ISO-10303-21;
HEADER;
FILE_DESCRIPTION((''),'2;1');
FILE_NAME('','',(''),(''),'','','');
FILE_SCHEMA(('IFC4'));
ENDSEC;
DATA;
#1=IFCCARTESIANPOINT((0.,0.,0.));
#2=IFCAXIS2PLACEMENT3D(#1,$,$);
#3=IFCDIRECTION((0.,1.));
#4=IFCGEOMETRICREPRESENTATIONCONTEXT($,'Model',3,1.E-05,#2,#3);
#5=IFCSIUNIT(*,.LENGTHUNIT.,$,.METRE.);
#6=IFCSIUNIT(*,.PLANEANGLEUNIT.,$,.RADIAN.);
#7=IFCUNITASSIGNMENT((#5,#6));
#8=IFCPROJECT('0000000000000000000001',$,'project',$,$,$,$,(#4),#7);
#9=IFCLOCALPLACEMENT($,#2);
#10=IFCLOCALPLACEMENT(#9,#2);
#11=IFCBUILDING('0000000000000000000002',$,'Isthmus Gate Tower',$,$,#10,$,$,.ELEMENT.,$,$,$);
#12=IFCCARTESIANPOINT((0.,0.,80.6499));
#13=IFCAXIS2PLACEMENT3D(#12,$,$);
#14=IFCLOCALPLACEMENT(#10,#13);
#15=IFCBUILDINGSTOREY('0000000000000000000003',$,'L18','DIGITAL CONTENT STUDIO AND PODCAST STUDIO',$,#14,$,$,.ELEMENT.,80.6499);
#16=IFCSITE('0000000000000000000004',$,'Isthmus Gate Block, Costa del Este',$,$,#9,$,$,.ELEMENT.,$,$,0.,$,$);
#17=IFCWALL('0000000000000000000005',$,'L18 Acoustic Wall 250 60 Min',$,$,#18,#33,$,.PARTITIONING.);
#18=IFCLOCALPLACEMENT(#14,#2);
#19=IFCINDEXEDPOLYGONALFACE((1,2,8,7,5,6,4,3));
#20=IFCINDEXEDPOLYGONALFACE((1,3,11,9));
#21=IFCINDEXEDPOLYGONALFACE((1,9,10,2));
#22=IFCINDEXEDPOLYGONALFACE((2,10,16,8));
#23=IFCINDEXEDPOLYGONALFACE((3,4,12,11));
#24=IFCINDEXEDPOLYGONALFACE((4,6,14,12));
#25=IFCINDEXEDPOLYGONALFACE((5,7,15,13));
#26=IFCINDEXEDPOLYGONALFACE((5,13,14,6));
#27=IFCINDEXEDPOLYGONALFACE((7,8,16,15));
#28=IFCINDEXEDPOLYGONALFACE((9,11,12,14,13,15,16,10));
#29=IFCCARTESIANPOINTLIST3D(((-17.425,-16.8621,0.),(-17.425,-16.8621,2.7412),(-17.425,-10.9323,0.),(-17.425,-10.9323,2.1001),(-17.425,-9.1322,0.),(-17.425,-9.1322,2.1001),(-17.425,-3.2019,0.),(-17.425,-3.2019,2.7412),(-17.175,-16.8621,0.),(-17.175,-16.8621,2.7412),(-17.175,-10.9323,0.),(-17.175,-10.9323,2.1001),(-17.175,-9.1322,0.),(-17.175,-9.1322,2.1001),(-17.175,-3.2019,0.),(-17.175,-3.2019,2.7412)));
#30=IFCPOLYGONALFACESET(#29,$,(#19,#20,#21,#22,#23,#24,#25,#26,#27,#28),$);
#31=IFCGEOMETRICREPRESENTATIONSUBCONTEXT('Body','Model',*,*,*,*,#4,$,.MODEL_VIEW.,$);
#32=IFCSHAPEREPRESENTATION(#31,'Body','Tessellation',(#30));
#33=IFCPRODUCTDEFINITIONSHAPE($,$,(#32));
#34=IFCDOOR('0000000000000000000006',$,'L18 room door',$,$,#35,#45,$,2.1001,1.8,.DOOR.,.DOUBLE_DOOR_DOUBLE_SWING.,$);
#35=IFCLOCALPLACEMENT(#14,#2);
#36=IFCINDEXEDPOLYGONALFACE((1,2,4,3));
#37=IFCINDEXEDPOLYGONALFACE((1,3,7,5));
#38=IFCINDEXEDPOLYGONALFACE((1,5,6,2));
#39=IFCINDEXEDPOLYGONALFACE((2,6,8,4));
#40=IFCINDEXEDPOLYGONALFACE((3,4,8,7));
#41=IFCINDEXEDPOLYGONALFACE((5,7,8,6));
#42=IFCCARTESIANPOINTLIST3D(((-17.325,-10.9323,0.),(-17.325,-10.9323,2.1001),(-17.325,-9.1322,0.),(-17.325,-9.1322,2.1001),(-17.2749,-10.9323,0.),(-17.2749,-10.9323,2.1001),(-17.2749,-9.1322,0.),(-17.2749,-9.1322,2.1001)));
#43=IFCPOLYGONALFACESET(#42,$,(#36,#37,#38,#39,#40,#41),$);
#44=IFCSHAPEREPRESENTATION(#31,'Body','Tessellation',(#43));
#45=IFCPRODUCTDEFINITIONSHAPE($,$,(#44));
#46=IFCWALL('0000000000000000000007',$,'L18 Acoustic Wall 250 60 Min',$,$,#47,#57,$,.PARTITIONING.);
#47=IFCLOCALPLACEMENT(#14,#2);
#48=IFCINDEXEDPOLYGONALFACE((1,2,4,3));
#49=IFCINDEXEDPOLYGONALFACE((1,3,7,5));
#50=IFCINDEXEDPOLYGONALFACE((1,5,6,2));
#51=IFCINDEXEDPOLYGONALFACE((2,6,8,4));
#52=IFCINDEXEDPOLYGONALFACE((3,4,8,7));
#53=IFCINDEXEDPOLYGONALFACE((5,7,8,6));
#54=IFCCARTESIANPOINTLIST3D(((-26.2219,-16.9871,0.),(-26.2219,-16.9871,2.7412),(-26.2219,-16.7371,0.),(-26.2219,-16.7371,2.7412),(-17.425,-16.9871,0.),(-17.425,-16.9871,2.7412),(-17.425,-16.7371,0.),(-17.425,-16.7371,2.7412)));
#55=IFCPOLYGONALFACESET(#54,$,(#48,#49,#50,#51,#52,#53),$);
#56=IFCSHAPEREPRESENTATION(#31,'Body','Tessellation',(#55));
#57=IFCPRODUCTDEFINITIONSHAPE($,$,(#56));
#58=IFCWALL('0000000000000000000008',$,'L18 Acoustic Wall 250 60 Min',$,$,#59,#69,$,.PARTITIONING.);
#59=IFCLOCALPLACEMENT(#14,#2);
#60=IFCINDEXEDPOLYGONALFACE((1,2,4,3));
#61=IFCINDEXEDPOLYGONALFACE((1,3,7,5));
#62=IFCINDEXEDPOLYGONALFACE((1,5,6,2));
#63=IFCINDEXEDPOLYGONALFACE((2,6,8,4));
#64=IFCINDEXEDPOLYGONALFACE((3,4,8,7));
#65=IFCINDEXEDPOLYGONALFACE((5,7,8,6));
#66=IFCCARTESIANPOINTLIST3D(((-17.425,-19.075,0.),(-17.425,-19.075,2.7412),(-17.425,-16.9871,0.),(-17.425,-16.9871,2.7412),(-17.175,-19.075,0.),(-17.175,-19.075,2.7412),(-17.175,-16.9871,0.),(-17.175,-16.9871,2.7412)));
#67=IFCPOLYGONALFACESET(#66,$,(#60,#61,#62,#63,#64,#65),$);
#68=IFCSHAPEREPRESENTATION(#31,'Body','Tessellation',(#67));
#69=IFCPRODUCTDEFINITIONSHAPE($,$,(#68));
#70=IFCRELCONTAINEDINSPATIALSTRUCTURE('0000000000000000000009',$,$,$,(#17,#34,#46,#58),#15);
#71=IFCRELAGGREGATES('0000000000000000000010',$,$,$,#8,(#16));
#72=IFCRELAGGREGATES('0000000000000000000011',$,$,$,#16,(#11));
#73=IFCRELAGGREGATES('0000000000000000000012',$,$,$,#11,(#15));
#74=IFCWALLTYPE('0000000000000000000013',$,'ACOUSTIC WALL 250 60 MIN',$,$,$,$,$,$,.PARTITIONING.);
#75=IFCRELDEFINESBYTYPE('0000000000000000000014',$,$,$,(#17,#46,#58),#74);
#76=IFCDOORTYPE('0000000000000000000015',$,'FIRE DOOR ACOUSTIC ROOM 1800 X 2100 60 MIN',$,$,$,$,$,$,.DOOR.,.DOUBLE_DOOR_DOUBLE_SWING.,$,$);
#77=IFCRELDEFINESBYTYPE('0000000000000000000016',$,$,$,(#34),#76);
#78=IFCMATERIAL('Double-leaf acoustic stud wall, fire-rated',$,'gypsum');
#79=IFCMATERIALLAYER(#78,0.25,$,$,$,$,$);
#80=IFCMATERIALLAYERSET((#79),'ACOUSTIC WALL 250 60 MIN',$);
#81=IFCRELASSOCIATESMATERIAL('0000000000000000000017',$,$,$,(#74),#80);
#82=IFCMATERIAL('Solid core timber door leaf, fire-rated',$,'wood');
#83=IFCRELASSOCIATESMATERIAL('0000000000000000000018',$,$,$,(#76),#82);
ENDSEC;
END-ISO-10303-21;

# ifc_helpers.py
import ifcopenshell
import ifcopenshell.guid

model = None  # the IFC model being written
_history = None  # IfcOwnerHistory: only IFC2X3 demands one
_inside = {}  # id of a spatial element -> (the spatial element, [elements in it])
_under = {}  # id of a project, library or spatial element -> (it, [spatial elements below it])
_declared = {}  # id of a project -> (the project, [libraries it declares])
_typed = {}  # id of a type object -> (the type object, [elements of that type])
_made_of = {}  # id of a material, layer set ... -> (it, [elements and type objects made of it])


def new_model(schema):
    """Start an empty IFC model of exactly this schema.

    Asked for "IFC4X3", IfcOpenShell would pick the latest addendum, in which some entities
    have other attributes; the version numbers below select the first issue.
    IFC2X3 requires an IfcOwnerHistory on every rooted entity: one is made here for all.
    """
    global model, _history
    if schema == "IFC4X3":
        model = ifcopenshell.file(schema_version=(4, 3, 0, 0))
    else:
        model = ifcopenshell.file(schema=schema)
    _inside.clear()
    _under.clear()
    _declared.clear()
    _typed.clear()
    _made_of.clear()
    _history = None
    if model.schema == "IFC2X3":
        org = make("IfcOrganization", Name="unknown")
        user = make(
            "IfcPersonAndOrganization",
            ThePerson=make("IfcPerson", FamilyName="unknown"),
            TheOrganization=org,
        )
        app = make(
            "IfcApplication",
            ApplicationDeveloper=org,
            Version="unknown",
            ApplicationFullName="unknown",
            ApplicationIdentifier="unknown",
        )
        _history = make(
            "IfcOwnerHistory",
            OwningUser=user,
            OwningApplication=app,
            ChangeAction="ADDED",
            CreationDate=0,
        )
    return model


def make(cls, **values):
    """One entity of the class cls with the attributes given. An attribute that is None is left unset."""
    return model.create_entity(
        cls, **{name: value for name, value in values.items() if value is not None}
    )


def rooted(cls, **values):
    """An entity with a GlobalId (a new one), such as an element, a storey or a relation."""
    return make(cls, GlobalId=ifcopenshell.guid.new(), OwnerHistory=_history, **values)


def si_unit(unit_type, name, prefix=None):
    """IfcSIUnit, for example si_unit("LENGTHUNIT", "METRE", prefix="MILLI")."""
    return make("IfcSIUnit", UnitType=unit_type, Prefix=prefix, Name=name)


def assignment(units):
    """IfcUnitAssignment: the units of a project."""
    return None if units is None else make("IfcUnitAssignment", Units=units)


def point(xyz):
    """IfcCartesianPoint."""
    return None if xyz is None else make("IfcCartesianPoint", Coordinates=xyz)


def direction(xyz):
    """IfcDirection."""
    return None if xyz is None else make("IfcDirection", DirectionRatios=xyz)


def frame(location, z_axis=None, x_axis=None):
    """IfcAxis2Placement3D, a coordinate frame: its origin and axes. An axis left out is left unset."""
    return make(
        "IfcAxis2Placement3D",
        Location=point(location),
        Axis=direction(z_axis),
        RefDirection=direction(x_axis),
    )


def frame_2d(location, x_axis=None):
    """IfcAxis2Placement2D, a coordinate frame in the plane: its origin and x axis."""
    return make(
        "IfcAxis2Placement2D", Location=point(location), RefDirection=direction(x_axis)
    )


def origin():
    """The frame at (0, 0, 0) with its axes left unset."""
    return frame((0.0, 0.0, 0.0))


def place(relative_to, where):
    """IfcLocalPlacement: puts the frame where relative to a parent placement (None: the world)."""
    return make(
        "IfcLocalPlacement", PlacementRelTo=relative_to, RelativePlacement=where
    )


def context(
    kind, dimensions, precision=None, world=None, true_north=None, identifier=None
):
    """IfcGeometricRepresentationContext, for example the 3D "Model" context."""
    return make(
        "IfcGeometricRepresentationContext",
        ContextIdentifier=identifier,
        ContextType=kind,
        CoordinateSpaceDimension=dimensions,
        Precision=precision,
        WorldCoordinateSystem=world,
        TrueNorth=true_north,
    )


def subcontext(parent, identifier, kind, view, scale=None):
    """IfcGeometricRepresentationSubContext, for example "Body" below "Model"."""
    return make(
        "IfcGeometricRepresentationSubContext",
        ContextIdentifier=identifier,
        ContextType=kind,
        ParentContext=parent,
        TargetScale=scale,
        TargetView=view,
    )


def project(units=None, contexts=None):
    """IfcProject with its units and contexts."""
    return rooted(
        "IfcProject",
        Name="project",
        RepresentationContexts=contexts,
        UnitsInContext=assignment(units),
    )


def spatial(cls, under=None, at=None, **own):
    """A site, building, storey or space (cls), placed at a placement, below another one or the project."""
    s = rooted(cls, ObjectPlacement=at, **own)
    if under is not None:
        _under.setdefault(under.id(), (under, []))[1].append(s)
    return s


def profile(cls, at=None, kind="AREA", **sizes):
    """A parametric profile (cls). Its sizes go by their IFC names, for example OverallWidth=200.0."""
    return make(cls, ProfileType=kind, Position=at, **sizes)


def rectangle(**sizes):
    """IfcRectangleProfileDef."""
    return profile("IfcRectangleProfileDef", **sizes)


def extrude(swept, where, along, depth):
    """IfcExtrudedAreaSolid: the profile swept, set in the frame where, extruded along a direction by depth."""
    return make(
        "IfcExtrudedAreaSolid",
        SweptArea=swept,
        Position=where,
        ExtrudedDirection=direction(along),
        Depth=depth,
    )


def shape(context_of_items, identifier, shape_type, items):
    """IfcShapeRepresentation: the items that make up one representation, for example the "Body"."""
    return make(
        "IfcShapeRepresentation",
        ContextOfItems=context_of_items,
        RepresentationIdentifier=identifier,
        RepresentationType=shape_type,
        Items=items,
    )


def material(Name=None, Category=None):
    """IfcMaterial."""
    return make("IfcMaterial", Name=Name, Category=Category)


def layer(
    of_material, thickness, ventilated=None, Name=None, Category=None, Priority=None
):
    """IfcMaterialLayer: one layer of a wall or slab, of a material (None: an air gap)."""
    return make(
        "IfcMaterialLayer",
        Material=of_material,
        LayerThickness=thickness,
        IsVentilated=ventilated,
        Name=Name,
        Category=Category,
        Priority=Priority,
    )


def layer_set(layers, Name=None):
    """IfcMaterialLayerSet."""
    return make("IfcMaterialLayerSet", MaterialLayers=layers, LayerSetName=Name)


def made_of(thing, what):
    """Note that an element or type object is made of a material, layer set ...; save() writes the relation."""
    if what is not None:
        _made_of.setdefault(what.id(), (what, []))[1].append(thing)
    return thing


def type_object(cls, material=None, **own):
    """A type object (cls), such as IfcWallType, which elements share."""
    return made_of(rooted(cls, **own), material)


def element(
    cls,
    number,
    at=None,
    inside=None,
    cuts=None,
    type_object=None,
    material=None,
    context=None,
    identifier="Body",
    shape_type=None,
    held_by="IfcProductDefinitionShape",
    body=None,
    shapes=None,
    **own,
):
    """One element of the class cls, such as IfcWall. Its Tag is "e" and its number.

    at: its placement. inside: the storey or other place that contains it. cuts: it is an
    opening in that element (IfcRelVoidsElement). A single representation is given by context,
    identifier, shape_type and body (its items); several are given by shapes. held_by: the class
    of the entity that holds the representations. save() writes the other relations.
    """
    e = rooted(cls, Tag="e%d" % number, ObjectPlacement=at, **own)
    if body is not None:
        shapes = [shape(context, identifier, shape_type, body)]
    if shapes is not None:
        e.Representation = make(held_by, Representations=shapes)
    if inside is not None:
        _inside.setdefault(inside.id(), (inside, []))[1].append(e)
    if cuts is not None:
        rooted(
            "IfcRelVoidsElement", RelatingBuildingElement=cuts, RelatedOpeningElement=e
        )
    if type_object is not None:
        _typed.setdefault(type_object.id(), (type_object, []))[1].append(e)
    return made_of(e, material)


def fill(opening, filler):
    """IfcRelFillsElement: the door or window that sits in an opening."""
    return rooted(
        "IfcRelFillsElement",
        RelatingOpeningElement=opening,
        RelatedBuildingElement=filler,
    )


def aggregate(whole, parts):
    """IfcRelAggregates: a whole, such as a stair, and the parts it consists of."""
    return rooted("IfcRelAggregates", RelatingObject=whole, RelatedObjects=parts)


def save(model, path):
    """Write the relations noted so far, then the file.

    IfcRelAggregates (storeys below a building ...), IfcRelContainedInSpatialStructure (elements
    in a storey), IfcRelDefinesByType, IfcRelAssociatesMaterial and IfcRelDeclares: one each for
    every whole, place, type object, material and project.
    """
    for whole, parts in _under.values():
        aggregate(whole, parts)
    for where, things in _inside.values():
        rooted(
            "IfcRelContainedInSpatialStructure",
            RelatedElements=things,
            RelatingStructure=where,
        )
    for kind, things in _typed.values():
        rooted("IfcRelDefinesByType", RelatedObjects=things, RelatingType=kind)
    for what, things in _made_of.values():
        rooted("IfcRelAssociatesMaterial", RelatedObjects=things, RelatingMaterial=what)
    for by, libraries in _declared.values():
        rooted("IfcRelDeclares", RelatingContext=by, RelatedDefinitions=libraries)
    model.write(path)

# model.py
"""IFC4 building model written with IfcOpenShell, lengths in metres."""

from ifc_helpers import new_model, si_unit, direction, frame, frame_2d, origin, place, context, subcontext, project, spatial, rectangle, extrude, material, layer, layer_set, type_object, element, fill, save


model = new_model("IFC4")

# Units and contexts
model_context = context("Model", 3, precision=1e-05, world=origin(), true_north=direction((0.0, 1.0)))
body_context = subcontext(model_context, "Body", "Model", "MODEL_VIEW")
ifc_project = project(units=[si_unit("LENGTHUNIT", "METRE"), si_unit("PLANEANGLEUNIT", "RADIAN")], contexts=[model_context])

# Site, building, storey
site_placement = place(None, origin())
site = spatial("IfcSite", under=ifc_project, at=site_placement, Name="Isthmus Gate Block, Costa del Este", CompositionType="ELEMENT", RefElevation=0.0)
building_placement = place(site_placement, origin())
building = spatial("IfcBuilding", under=site, at=building_placement, Name="Isthmus Gate Tower", CompositionType="ELEMENT")
storey_placement = place(building_placement, frame((0.0, 0.0, 80.6499)))
storey = spatial("IfcBuildingStorey", under=building, at=storey_placement, Name="L18", Description="DIGITAL CONTENT STUDIO AND PODCAST STUDIO", CompositionType="ELEMENT", Elevation=80.6499)

# Shared definitions
ifc_material_1 = material(Name="Double-leaf acoustic stud wall, fire-rated", Category="gypsum")
ifc_layer_1 = layer(ifc_material_1, 0.25)
ifc_layer_set_1 = layer_set([ifc_layer_1], Name="ACOUSTIC WALL 250 60 MIN")
wall_type = type_object("IfcWallType", Name="ACOUSTIC WALL 250 60 MIN", PredefinedType="PARTITIONING", material=ifc_layer_set_1)

# Wall, opening, door
wall_1_placement = place(storey_placement, frame((-17.3, -16.8621, 0.0), z_axis=(0.0, 0.0, 1.0), x_axis=(0.0, 1.0, 0.0)))
wall_1 = element("IfcWall", 1, at=wall_1_placement, inside=storey, type_object=wall_type, Name="L18 Acoustic Wall 250 60 Min", PredefinedType="PARTITIONING", context=body_context, shape_type="SweptSolid", body=[
    extrude(rectangle(XDim=13.6602, YDim=0.25, at=frame_2d((6.8301, 0.0))), origin(), (0.0, 0.0, 1.0), 2.7412),
])
opening_placement = place(wall_1_placement, frame((5.9299, 0.0, 0.0)))
opening = element("IfcOpeningElement", 2, at=opening_placement, cuts=wall_1, PredefinedType="OPENING", context=body_context, shape_type="SweptSolid", body=[
    extrude(rectangle(XDim=1.8, YDim=2.1001, at=frame_2d((0.8999, 1.05))), frame((0.0, 0.135, 0.0), z_axis=(0.0, -1.0, 0.0), x_axis=(1.0, 0.0, 0.0)), (0.0, 0.0, 1.0), 0.27),
])
ifc_material_2 = material(Name="Solid core timber door leaf, fire-rated", Category="wood")
door_type = type_object("IfcDoorType", Name="FIRE DOOR ACOUSTIC ROOM 1800 X 2100 60 MIN", OperationType="DOUBLE_DOOR_DOUBLE_SWING", PredefinedType="DOOR", material=ifc_material_2)
door_placement = place(opening_placement, origin())
door = element("IfcDoor", 3, at=door_placement, inside=storey, type_object=door_type, Name="L18 room door", OperationType="DOUBLE_DOOR_DOUBLE_SWING", OverallHeight=2.1001, OverallWidth=1.8, PredefinedType="DOOR", context=body_context, shape_type="SweptSolid", body=[
    extrude(rectangle(XDim=1.8, YDim=2.1001, at=frame_2d((0.8999, 1.05))), frame((0.0, 0.0249, 0.0), z_axis=(0.0, -1.0, 0.0), x_axis=(1.0, 0.0, 0.0)), (0.0, 0.0, 1.0), 0.05),
])
fill(opening, door)

# Walls
wall_2_placement = place(storey_placement, frame((-26.2219, -16.8621, 0.0), z_axis=(0.0, 0.0, 1.0), x_axis=(1.0, 0.0, 0.0)))
element("IfcWall", 4, at=wall_2_placement, inside=storey, type_object=wall_type, Name="L18 Acoustic Wall 250 60 Min", PredefinedType="PARTITIONING", context=body_context, shape_type="SweptSolid", body=[
    extrude(rectangle(XDim=8.7969, YDim=0.25, at=frame_2d((4.3984, 0.0))), origin(), (0.0, 0.0, 1.0), 2.7412),
])
wall_3_placement = place(storey_placement, frame((-17.3, -19.075, 0.0), z_axis=(0.0, 0.0, 1.0), x_axis=(0.0, 1.0, 0.0)))
element("IfcWall", 5, at=wall_3_placement, inside=storey, type_object=wall_type, Name="L18 Acoustic Wall 250 60 Min", PredefinedType="PARTITIONING", context=body_context, shape_type="SweptSolid", body=[
    extrude(rectangle(XDim=2.0879, YDim=0.25, at=frame_2d((1.0439, 0.0))), origin(), (0.0, 0.0, 1.0), 2.7412),
])

save(model, "model.ifc")
